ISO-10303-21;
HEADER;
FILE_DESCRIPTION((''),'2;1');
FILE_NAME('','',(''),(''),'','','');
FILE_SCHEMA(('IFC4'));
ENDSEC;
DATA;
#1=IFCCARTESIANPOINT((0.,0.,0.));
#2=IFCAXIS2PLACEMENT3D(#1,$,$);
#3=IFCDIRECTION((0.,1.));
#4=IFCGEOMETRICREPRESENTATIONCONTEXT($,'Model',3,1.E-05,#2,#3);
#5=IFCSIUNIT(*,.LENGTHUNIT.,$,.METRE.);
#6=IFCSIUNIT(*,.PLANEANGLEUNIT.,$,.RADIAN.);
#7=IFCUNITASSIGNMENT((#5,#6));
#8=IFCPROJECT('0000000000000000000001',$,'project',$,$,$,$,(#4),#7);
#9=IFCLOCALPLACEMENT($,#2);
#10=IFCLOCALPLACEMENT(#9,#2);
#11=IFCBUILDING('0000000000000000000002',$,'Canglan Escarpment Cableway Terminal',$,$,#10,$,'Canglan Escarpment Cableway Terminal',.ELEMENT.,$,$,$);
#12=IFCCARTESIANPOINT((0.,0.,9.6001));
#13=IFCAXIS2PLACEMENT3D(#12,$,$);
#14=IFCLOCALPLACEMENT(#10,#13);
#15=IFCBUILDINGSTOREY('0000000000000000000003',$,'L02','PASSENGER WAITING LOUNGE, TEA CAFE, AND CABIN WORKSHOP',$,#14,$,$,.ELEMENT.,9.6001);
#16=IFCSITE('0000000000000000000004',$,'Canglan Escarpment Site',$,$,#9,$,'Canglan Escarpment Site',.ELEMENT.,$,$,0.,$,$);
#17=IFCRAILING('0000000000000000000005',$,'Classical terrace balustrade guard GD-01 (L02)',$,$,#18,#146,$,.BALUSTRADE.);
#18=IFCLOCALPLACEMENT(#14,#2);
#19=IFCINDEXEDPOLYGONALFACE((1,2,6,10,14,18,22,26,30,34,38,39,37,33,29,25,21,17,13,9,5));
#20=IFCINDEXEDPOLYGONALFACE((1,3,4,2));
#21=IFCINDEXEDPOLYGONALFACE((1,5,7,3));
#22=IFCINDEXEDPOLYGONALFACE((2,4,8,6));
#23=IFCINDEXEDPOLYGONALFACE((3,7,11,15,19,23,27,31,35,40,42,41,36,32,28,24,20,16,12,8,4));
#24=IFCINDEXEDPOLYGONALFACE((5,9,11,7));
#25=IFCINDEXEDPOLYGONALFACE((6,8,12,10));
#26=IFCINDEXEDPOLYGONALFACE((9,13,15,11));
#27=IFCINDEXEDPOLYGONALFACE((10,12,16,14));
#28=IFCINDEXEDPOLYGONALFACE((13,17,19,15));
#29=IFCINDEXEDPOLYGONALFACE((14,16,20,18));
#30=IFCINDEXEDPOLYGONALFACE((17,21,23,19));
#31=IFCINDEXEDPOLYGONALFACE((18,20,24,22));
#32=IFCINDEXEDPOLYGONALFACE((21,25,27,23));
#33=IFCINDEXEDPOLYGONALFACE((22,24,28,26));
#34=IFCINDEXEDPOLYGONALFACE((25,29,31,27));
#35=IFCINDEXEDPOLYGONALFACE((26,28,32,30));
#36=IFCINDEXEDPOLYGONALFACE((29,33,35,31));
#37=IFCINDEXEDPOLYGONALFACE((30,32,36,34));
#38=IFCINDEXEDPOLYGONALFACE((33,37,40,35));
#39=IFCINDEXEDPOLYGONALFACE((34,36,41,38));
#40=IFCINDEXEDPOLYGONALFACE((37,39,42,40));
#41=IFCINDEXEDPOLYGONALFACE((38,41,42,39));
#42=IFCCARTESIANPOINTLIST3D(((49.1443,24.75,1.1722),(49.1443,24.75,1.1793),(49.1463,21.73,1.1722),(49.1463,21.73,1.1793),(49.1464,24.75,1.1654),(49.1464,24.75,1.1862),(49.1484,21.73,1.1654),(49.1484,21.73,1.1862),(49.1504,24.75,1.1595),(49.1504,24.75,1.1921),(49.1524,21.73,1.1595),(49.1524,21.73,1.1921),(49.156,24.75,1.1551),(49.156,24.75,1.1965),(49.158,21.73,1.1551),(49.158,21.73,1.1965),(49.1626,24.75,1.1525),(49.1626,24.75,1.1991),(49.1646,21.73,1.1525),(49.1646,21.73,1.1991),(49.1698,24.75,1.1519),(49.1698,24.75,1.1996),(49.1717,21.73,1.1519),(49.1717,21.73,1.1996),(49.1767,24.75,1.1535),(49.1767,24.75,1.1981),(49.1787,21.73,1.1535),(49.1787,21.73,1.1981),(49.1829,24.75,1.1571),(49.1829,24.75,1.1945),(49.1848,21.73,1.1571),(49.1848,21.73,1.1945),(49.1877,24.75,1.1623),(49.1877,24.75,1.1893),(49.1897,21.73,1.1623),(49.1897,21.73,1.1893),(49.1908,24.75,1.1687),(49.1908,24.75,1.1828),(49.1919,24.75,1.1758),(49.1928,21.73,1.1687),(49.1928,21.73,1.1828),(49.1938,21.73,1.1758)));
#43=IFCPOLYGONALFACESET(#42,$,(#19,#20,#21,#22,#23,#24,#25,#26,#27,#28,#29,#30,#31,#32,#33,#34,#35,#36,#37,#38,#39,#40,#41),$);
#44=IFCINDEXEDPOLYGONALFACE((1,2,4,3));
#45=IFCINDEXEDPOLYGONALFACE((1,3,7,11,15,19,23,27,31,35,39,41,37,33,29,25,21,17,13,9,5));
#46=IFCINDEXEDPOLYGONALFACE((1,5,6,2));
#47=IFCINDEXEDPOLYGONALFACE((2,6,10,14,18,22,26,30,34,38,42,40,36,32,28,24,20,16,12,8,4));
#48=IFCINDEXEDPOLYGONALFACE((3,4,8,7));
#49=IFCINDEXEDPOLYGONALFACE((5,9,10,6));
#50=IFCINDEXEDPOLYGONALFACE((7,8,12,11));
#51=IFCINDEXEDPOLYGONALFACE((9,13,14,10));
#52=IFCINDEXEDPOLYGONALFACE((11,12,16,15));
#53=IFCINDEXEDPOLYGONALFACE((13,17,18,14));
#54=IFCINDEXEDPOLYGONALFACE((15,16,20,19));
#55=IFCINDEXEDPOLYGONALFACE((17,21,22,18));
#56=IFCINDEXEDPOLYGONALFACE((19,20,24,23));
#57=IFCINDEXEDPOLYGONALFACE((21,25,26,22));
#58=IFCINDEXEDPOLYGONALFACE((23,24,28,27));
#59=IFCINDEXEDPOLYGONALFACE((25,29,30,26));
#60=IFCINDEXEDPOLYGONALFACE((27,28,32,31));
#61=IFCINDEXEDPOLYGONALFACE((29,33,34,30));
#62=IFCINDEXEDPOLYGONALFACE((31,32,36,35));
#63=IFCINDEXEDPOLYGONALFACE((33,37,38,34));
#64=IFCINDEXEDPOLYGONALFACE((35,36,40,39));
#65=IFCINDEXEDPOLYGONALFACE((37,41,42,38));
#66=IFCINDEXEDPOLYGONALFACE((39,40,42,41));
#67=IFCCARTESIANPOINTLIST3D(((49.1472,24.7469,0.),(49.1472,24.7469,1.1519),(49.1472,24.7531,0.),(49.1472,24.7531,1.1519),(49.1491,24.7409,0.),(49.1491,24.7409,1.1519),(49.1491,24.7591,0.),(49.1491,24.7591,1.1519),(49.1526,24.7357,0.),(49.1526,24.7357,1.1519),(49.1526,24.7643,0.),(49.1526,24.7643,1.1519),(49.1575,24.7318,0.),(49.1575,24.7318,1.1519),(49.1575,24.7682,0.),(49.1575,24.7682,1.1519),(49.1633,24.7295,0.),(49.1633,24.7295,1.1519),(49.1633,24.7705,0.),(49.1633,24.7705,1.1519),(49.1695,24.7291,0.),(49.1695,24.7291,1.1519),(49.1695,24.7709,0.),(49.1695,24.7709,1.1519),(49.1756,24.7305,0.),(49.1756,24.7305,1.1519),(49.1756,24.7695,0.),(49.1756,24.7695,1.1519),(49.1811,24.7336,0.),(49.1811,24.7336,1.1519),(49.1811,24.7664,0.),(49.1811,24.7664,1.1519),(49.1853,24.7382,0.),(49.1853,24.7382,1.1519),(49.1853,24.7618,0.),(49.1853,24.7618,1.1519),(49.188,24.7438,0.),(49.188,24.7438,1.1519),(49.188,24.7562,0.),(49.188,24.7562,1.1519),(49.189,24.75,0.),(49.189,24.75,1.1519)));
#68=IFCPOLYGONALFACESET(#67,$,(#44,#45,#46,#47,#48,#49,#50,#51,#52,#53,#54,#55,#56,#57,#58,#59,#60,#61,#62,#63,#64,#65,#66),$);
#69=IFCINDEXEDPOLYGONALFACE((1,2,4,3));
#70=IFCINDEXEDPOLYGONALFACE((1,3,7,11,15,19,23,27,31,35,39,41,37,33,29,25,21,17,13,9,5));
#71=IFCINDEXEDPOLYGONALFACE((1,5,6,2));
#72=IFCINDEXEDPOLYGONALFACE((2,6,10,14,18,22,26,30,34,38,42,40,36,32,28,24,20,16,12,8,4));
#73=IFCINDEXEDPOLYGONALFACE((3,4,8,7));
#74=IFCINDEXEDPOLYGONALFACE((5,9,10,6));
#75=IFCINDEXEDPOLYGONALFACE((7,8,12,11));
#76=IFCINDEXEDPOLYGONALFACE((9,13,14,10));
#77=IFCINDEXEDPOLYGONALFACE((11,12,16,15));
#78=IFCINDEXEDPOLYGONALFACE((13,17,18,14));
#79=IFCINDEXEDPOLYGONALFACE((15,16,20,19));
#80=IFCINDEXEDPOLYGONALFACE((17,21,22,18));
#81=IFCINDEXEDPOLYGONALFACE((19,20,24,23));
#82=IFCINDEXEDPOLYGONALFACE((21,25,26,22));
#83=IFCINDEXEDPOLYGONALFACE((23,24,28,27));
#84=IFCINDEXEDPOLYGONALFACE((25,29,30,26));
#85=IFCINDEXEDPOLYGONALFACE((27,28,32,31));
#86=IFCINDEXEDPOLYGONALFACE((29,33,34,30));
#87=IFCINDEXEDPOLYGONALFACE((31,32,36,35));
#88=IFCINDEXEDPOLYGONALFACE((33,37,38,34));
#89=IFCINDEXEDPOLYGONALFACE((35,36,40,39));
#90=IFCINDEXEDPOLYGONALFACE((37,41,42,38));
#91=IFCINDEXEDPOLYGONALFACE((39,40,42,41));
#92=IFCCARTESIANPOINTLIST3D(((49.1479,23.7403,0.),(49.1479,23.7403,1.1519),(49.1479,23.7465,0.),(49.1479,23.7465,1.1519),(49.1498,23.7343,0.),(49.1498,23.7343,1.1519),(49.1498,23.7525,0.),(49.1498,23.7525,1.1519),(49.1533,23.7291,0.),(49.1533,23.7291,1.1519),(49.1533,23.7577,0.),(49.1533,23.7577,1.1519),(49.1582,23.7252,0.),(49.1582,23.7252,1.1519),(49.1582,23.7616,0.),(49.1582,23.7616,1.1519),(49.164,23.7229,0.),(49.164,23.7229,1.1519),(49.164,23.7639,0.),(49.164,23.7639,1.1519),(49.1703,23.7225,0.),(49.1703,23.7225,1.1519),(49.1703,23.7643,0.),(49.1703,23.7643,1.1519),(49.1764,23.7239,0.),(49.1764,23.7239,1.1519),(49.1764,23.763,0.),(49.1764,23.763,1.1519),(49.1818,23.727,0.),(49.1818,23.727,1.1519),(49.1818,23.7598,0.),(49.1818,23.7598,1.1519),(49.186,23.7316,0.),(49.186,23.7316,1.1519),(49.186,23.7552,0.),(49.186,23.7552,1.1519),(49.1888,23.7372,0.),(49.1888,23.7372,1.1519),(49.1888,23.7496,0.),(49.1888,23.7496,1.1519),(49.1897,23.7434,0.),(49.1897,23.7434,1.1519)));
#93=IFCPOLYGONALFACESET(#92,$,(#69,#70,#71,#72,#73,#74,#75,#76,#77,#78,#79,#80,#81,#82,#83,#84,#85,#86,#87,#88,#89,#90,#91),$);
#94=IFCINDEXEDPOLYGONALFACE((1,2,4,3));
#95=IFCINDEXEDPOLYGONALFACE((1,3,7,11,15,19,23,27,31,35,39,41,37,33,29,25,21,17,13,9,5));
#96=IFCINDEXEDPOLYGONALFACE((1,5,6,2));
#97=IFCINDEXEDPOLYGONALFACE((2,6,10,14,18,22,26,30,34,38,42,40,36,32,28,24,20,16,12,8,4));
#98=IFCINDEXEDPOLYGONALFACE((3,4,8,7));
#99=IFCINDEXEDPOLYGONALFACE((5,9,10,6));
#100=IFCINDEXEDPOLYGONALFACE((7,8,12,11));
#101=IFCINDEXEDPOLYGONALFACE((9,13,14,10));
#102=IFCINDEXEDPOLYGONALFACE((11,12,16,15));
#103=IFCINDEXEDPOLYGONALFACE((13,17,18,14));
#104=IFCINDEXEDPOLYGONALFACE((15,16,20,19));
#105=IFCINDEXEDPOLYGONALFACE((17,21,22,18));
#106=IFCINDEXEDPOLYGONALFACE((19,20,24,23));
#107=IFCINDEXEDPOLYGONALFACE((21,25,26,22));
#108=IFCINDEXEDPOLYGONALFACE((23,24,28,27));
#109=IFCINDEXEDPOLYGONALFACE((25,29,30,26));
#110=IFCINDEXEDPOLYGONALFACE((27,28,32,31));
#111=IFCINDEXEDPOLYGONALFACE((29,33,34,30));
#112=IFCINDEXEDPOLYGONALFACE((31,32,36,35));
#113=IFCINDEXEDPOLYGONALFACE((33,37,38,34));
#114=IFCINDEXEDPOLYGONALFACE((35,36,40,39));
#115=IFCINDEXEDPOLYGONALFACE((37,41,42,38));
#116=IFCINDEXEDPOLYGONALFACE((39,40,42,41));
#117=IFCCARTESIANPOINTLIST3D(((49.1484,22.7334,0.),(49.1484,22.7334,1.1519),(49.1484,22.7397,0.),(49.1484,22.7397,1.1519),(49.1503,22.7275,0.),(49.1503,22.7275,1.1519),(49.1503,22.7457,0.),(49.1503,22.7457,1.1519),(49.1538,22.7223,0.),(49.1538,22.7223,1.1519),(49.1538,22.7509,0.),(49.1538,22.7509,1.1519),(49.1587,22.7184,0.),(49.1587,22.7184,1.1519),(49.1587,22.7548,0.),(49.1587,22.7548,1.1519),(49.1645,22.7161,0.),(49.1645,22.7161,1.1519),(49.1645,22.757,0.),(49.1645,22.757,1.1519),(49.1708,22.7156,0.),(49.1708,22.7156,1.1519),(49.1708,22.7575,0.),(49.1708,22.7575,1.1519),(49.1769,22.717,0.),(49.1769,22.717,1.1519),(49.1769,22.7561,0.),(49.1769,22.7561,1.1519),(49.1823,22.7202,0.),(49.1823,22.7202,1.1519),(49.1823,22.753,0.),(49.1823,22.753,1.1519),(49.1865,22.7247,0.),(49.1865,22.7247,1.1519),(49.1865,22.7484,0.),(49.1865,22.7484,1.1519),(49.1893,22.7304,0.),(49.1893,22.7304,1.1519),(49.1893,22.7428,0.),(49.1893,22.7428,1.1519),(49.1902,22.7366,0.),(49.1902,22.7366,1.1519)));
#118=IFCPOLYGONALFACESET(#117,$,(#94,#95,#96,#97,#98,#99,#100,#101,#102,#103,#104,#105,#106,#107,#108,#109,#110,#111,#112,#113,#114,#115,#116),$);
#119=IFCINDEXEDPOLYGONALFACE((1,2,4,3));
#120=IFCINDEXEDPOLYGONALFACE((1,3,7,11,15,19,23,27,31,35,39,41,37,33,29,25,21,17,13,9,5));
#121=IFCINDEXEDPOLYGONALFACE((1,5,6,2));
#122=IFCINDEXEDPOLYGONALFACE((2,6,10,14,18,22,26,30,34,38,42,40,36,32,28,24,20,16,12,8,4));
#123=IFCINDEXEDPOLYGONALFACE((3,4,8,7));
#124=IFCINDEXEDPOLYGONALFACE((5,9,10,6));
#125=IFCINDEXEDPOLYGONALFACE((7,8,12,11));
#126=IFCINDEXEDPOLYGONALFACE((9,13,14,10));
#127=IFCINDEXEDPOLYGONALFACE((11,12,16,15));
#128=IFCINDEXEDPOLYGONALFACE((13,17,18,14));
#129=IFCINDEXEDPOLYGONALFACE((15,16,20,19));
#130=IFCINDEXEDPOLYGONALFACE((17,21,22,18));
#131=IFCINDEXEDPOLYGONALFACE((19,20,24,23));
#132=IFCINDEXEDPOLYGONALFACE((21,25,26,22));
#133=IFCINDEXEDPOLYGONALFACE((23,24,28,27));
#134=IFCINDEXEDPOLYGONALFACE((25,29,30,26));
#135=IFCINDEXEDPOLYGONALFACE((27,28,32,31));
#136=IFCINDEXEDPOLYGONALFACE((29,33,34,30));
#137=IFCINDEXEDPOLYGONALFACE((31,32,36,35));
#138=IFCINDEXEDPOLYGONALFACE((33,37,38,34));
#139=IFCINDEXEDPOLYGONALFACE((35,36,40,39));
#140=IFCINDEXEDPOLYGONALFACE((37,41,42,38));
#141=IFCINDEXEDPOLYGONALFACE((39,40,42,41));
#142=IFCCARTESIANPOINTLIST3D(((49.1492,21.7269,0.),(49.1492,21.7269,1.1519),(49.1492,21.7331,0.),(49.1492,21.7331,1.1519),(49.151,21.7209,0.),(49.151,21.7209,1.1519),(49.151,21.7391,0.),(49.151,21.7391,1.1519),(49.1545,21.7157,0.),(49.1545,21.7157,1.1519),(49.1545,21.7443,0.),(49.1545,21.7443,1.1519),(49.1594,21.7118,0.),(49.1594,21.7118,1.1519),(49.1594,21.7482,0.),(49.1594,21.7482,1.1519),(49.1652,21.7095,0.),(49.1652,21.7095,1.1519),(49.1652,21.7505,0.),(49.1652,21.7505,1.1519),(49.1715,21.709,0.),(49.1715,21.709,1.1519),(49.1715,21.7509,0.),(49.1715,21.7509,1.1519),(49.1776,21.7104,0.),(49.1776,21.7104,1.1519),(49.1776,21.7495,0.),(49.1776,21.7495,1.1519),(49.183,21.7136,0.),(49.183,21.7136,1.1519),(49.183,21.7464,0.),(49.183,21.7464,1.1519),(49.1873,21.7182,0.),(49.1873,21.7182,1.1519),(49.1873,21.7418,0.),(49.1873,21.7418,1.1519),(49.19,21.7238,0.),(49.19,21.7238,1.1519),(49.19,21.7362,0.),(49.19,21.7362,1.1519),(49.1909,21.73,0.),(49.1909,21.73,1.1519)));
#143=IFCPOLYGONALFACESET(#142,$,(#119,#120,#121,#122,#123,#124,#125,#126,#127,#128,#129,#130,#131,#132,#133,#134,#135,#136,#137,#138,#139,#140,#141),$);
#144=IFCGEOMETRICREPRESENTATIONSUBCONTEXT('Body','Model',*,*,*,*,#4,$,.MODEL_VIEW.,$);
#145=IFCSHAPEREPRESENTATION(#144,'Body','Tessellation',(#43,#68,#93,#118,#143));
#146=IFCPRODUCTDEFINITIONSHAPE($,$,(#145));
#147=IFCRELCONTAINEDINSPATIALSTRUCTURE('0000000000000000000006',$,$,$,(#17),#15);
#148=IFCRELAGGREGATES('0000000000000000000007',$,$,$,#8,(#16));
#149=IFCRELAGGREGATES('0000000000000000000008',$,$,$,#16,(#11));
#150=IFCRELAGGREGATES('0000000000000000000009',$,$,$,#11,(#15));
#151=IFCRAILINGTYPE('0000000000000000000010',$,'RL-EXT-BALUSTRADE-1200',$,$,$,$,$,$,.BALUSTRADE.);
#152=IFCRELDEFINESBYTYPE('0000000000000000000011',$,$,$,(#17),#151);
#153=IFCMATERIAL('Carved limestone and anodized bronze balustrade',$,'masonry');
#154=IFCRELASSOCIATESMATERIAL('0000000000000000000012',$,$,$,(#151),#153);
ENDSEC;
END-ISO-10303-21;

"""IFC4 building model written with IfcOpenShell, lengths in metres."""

from ifc_helpers import new_model, si_unit, direction, frame, origin, origin_2d, place, context, subcontext, project, spatial, circle, extrude, material, type_object, element, save


model = new_model("IFC4")

# Units and contexts
model_context = context("Model", 3, precision=1e-05, world=origin(), true_north=direction((0.0, 1.0)))
body_context = subcontext(model_context, "Body", "Model", "MODEL_VIEW")
ifc_project = project(units=[si_unit("LENGTHUNIT", "METRE"), si_unit("PLANEANGLEUNIT", "RADIAN")], contexts=[model_context])

# Site, building, storey
site_placement = place(None, origin())
site = spatial("IfcSite", under=ifc_project, at=site_placement, Name="Canglan Escarpment Site", LongName="Canglan Escarpment Site", CompositionType="ELEMENT", RefElevation=0.0)
building_placement = place(site_placement, origin())
building = spatial("IfcBuilding", under=site, at=building_placement, Name="Canglan Escarpment Cableway Terminal", LongName="Canglan Escarpment Cableway Terminal", CompositionType="ELEMENT")
storey_placement = place(building_placement, frame((0.0, 0.0, 9.6001)))
storey = spatial("IfcBuildingStorey", under=building, at=storey_placement, Name="L02", Description="PASSENGER WAITING LOUNGE, TEA CAFE, AND CABIN WORKSHOP", CompositionType="ELEMENT", Elevation=9.6001)

# Railing
ifc_material_1 = material(Name="Carved limestone and anodized bronze balustrade", Category="masonry")
railing_type = type_object("IfcRailingType", Name="RL-EXT-BALUSTRADE-1200", PredefinedType="BALUSTRADE", material=ifc_material_1)
railing_1_placement = place(storey_placement, frame((49.168, 24.75, 0.0)))
element("IfcRailing", 1, at=railing_1_placement, inside=storey, type_object=railing_type, Name="Classical terrace balustrade guard GD-01 (L02)", PredefinedType="BALUSTRADE", context=body_context, shape_type="SweptSolid", body=[
    extrude(circle(Radius=0.0239, at=origin_2d()), frame((0.0, 0.0, 1.1758), z_axis=(0.000647, -1.0, 0.0), x_axis=(1.0, 0.000647, 0.0)), (0.0, 0.0, 1.0), 3.02),
    extrude(circle(Radius=0.021, at=origin_2d()), origin(), (0.0, 0.0, 1.0), 1.1519),
    extrude(circle(Radius=0.021, at=origin_2d()), frame((0.0007, -1.0066, 0.0)), (0.0, 0.0, 1.0), 1.1519),
    extrude(circle(Radius=0.021, at=origin_2d()), frame((0.0012, -2.0134, 0.0)), (0.0, 0.0, 1.0), 1.1519),
    extrude(circle(Radius=0.021, at=origin_2d()), frame((0.002, -3.02, 0.0)), (0.0, 0.0, 1.0), 1.1519),
])

save(model, "model.ifc")
